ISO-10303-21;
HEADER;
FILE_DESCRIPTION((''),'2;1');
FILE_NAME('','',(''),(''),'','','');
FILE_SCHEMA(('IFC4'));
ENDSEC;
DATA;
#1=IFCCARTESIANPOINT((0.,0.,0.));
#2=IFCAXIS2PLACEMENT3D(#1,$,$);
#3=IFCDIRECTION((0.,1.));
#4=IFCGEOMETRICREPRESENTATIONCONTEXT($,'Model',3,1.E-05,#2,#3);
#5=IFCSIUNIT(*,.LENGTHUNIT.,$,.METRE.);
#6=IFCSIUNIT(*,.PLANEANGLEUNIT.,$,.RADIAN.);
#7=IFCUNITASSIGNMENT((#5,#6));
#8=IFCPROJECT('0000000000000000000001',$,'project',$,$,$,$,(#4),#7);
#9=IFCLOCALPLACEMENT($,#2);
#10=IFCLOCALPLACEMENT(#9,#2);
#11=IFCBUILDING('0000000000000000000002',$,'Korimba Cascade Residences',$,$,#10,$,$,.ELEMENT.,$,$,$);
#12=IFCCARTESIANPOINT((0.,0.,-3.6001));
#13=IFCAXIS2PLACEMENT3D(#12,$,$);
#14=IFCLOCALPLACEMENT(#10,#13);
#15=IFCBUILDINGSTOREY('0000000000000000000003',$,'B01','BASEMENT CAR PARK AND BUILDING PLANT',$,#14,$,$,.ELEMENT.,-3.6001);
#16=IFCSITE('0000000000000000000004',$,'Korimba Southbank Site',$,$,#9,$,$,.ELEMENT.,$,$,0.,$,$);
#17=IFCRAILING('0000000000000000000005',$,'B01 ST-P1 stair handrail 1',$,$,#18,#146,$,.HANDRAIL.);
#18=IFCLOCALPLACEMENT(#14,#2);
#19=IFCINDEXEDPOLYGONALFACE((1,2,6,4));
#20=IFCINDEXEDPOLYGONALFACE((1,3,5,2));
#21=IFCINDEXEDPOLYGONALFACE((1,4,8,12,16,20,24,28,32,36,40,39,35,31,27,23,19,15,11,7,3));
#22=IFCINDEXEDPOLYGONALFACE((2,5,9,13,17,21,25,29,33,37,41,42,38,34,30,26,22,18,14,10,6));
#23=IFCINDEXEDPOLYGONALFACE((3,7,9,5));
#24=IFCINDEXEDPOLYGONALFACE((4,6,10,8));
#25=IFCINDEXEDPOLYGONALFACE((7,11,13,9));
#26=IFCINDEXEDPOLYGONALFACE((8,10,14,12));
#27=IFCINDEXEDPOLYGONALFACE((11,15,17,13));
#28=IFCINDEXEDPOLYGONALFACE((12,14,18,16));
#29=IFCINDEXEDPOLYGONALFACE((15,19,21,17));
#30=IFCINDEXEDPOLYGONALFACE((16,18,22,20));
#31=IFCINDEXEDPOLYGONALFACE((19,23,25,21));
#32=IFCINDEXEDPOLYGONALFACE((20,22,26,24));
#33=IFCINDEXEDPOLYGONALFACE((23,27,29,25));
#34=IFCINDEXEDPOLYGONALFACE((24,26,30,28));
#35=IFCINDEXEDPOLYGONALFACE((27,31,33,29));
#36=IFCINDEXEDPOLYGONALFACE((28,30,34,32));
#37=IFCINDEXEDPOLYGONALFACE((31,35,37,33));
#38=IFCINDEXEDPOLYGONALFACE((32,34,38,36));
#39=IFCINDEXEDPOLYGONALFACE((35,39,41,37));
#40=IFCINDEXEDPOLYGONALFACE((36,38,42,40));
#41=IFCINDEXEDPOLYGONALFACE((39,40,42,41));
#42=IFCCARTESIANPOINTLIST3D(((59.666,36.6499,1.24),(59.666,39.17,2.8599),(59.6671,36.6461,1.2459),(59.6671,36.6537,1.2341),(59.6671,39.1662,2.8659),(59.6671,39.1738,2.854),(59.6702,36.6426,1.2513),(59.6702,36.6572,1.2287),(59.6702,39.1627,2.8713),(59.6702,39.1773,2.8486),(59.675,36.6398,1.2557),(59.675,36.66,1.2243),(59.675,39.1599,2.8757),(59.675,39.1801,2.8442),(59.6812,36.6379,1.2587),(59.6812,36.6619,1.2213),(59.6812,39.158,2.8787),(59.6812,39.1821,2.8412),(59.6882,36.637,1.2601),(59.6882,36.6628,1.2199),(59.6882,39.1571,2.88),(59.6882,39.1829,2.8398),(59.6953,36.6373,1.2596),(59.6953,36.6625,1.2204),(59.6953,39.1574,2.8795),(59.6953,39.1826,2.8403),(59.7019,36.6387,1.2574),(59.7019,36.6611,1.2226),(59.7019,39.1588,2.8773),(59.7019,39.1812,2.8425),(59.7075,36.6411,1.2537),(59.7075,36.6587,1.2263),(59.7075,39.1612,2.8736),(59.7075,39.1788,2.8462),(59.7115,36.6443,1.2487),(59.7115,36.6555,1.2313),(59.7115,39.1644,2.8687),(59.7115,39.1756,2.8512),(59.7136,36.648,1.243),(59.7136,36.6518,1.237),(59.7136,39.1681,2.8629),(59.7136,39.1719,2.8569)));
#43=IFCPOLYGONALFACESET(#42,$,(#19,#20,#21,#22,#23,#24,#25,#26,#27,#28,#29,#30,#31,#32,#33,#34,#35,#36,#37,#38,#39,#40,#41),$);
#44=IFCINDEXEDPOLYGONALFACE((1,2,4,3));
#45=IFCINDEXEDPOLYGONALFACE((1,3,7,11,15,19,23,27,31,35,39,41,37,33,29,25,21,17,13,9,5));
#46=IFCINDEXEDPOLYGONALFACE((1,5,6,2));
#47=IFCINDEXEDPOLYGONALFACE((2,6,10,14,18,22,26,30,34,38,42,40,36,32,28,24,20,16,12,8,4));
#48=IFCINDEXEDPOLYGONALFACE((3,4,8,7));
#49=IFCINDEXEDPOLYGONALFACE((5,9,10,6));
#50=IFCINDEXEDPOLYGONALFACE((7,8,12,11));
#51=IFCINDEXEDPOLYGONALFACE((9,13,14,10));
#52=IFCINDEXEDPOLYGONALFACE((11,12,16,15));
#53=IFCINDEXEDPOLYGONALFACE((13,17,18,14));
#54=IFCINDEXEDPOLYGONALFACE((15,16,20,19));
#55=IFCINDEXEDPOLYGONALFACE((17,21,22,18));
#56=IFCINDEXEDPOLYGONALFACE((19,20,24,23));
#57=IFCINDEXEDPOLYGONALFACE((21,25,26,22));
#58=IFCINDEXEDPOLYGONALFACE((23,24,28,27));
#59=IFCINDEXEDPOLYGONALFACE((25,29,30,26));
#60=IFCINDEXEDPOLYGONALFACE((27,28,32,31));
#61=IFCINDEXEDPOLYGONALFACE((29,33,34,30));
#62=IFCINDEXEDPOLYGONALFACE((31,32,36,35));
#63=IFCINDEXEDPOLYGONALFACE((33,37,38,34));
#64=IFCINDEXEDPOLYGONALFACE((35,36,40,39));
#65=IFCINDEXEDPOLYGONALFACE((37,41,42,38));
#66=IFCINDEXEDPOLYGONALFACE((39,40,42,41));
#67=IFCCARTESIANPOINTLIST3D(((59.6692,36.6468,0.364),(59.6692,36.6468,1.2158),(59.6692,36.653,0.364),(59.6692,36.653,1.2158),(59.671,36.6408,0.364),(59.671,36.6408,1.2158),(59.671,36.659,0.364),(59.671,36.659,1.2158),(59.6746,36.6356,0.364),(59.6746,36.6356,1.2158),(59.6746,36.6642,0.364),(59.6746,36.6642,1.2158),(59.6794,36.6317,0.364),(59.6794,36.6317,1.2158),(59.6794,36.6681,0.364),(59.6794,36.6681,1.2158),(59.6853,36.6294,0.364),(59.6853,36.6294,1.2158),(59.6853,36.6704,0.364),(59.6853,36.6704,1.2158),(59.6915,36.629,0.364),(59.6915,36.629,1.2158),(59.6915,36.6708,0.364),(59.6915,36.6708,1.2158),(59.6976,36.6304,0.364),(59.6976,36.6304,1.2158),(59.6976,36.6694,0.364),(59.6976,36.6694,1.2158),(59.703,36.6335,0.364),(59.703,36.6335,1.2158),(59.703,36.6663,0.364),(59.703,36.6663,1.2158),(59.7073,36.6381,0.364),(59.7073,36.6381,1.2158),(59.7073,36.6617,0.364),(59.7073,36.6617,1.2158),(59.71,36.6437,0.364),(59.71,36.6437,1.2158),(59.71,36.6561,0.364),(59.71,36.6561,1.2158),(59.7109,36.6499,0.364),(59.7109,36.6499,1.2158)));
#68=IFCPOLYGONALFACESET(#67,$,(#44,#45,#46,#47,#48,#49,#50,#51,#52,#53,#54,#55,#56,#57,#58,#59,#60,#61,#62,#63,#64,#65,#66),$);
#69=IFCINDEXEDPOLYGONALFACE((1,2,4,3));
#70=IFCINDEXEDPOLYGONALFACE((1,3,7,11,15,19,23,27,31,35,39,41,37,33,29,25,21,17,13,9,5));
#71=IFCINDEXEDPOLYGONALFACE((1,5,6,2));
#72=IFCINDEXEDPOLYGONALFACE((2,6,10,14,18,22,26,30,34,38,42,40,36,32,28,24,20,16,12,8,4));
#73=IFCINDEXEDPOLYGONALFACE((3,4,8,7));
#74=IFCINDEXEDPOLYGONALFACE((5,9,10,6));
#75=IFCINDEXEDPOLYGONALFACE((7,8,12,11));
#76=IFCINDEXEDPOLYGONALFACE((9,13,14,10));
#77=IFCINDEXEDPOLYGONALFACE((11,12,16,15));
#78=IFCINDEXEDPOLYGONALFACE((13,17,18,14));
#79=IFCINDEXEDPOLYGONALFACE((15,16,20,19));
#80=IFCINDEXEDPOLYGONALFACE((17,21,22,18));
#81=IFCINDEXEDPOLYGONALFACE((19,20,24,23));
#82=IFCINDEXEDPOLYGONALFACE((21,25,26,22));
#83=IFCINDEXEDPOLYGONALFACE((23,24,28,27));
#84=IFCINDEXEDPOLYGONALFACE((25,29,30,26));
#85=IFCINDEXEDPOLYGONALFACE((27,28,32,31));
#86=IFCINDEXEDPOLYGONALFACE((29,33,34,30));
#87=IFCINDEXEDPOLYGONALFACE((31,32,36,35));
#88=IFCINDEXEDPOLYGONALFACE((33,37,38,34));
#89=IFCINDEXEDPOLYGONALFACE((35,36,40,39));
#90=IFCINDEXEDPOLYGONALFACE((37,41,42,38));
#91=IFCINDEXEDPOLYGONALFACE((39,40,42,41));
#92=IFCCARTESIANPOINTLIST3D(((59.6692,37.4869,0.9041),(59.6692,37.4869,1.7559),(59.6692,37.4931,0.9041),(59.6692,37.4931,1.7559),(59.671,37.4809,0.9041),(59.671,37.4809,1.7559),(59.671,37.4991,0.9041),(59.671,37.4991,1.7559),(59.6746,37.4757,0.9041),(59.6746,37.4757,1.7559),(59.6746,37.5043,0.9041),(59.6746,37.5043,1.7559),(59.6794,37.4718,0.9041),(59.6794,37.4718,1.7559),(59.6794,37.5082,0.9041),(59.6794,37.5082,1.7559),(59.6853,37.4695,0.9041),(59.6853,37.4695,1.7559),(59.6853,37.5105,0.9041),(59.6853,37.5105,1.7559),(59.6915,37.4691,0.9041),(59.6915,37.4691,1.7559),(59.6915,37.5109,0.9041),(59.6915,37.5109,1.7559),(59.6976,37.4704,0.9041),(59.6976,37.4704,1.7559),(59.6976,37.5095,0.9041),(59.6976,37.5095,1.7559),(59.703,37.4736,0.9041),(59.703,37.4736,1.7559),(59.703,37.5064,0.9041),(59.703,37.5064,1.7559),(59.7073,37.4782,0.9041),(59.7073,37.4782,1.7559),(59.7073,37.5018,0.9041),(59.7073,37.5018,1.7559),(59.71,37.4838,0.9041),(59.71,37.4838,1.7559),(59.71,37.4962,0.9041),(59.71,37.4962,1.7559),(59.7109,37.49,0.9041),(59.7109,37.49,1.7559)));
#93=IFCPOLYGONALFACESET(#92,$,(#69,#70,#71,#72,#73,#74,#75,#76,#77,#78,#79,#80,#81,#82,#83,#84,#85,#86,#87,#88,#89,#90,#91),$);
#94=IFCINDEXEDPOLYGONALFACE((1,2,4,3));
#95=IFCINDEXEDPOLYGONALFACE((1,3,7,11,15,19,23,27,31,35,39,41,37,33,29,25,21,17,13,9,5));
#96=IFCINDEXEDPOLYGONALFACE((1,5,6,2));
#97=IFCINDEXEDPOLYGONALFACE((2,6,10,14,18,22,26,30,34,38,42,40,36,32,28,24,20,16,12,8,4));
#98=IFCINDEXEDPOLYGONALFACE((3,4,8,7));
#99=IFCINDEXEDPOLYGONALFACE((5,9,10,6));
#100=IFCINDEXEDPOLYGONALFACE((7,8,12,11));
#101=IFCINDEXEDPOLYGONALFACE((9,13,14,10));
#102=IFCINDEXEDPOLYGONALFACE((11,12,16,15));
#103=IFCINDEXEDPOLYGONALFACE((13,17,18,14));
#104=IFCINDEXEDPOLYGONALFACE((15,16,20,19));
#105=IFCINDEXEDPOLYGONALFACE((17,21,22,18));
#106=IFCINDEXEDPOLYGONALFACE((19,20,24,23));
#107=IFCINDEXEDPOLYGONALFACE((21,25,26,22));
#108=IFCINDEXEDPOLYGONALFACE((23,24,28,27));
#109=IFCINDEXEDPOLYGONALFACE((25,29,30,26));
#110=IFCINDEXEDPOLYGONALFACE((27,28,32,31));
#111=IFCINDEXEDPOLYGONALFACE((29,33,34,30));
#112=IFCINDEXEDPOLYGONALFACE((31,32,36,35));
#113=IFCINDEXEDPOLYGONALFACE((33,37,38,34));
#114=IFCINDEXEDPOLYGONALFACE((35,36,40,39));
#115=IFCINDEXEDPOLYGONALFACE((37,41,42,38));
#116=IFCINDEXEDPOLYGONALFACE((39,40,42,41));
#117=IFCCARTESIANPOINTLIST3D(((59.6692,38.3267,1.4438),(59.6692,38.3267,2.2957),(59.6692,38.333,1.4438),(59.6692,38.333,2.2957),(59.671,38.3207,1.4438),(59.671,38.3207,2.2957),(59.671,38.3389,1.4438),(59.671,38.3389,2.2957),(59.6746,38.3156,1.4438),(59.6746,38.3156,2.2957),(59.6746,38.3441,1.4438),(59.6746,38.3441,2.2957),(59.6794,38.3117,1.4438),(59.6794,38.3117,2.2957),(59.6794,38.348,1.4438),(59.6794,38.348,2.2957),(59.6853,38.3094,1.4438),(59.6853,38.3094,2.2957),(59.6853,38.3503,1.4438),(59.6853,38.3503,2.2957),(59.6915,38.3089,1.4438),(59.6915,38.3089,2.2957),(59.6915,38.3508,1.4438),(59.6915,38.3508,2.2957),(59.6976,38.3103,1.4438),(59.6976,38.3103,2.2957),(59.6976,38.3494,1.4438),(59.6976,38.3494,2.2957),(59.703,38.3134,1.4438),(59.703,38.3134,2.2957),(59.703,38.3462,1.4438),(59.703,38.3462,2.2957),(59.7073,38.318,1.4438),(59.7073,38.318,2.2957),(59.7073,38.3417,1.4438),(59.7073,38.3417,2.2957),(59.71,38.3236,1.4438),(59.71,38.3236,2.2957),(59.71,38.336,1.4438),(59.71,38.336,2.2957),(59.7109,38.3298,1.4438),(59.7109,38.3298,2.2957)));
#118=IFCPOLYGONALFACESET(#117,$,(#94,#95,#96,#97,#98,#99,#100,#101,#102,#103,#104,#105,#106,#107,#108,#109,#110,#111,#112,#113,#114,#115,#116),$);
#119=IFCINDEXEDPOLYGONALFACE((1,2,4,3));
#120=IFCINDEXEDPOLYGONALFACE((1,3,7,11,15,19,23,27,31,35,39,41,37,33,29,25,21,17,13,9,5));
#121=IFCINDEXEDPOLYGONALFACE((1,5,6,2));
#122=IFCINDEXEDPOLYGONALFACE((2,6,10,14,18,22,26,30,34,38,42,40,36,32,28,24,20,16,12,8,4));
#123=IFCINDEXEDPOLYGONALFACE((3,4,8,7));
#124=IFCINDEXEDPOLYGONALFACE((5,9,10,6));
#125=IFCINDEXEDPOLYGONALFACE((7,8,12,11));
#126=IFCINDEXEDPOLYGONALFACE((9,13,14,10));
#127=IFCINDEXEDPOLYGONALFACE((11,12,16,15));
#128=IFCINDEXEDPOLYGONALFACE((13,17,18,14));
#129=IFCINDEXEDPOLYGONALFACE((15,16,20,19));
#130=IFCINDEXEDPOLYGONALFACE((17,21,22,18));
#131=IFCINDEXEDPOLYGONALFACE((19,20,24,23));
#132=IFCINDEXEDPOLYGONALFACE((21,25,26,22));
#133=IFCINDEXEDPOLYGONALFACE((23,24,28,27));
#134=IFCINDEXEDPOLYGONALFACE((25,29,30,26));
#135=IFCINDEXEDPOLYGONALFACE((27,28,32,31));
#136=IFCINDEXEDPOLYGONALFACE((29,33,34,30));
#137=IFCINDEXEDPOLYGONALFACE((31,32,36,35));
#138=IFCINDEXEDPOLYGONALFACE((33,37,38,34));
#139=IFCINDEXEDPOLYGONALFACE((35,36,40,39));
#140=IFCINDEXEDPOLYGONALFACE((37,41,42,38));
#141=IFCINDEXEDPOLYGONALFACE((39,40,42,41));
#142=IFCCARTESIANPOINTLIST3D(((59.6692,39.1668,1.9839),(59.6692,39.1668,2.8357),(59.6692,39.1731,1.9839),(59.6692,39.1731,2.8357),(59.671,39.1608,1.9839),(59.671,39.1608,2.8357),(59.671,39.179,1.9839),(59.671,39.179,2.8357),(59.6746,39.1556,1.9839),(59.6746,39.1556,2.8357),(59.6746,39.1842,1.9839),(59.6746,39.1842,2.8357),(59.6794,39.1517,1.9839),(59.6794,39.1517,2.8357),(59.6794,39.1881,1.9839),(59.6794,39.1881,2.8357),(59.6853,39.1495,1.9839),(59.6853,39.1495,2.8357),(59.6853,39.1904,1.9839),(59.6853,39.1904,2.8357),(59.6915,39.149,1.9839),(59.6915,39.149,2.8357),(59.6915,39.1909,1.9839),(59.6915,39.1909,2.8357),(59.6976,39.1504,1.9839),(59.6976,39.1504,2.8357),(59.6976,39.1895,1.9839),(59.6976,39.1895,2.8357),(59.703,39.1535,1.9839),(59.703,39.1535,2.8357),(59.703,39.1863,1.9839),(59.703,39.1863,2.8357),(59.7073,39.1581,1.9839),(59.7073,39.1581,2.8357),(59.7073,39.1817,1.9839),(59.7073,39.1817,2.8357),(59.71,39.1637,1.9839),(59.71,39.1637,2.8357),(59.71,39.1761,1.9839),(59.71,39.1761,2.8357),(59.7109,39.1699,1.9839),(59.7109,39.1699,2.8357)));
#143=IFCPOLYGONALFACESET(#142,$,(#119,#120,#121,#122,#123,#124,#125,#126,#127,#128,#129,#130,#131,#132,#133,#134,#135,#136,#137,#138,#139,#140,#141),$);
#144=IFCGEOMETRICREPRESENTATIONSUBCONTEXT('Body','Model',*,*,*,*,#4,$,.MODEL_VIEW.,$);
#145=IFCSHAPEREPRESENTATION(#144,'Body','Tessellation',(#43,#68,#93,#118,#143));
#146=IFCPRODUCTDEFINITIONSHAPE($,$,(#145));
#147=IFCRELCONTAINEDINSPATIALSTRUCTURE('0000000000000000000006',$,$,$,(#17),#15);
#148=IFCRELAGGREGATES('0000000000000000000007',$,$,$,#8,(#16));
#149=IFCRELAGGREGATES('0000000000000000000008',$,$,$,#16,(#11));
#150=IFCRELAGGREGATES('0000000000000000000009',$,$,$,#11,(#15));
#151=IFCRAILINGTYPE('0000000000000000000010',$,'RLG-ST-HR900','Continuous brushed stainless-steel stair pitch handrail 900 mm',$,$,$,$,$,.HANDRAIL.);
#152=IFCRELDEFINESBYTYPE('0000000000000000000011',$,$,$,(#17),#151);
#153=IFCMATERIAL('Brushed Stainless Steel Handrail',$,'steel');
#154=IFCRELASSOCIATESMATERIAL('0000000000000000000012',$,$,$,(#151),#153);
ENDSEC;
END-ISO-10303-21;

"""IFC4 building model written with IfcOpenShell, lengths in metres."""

from ifc_helpers import new_model, si_unit, direction, frame, origin, origin_2d, place, context, subcontext, project, spatial, circle, extrude, material, type_object, element, save


model = new_model("IFC4")

# Units and contexts
model_context = context("Model", 3, precision=1e-05, world=origin(), true_north=direction((0.0, 1.0)))
body_context = subcontext(model_context, "Body", "Model", "MODEL_VIEW")
ifc_project = project(units=[si_unit("LENGTHUNIT", "METRE"), si_unit("PLANEANGLEUNIT", "RADIAN")], contexts=[model_context])

# Site, building, storey
site_placement = place(None, origin())
site = spatial("IfcSite", under=ifc_project, at=site_placement, Name="Korimba Southbank Site", CompositionType="ELEMENT", RefElevation=0.0)
building_placement = place(site_placement, origin())
building = spatial("IfcBuilding", under=site, at=building_placement, Name="Korimba Cascade Residences", CompositionType="ELEMENT")
storey_placement = place(building_placement, frame((0.0, 0.0, -3.6001)))
storey = spatial("IfcBuildingStorey", under=building, at=storey_placement, Name="B01", Description="BASEMENT CAR PARK AND BUILDING PLANT", CompositionType="ELEMENT", Elevation=-3.6001)

# Railing
ifc_material_1 = material(Name="Brushed Stainless Steel Handrail", Category="steel")
railing_type_1 = type_object("IfcRailingType", Name="RLG-ST-HR900", Description="Continuous brushed stainless-steel stair pitch handrail 900 mm", PredefinedType="HANDRAIL", material=ifc_material_1)
for number, where, name in (
    (1, (59.6899, 36.6499, 0.364), "B01 ST-P1 stair handrail 1"),
):
    element("IfcRailing", number, at=place(storey_placement, frame(where)), inside=storey, type_object=railing_type_1, Name=name, PredefinedType="HANDRAIL", context=body_context, shape_type="SweptSolid", body=[
        extrude(circle(Radius=0.0239, at=origin_2d()), frame((0.0, 0.0, 0.876), z_axis=(0.0, 0.8412, 0.540725), x_axis=(-1.0, 0.0, 0.0)), (0.0, 0.0, 1.0), 2.9958),
        extrude(circle(Radius=0.021, at=origin_2d()), origin(), (0.0, 0.0, 1.0), 0.8518),
        extrude(circle(Radius=0.021, at=origin_2d()), frame((0.0, 0.8401, 0.54)), (0.0, 0.0, 1.0), 0.8518),
        extrude(circle(Radius=0.021, at=origin_2d()), frame((0.0, 1.6799, 1.0798)), (0.0, 0.0, 1.0), 0.8518),
        extrude(circle(Radius=0.021, at=origin_2d()), frame((0.0, 2.52, 1.6199)), (0.0, 0.0, 1.0), 0.8518),
    ])

save(model, "model.ifc")
